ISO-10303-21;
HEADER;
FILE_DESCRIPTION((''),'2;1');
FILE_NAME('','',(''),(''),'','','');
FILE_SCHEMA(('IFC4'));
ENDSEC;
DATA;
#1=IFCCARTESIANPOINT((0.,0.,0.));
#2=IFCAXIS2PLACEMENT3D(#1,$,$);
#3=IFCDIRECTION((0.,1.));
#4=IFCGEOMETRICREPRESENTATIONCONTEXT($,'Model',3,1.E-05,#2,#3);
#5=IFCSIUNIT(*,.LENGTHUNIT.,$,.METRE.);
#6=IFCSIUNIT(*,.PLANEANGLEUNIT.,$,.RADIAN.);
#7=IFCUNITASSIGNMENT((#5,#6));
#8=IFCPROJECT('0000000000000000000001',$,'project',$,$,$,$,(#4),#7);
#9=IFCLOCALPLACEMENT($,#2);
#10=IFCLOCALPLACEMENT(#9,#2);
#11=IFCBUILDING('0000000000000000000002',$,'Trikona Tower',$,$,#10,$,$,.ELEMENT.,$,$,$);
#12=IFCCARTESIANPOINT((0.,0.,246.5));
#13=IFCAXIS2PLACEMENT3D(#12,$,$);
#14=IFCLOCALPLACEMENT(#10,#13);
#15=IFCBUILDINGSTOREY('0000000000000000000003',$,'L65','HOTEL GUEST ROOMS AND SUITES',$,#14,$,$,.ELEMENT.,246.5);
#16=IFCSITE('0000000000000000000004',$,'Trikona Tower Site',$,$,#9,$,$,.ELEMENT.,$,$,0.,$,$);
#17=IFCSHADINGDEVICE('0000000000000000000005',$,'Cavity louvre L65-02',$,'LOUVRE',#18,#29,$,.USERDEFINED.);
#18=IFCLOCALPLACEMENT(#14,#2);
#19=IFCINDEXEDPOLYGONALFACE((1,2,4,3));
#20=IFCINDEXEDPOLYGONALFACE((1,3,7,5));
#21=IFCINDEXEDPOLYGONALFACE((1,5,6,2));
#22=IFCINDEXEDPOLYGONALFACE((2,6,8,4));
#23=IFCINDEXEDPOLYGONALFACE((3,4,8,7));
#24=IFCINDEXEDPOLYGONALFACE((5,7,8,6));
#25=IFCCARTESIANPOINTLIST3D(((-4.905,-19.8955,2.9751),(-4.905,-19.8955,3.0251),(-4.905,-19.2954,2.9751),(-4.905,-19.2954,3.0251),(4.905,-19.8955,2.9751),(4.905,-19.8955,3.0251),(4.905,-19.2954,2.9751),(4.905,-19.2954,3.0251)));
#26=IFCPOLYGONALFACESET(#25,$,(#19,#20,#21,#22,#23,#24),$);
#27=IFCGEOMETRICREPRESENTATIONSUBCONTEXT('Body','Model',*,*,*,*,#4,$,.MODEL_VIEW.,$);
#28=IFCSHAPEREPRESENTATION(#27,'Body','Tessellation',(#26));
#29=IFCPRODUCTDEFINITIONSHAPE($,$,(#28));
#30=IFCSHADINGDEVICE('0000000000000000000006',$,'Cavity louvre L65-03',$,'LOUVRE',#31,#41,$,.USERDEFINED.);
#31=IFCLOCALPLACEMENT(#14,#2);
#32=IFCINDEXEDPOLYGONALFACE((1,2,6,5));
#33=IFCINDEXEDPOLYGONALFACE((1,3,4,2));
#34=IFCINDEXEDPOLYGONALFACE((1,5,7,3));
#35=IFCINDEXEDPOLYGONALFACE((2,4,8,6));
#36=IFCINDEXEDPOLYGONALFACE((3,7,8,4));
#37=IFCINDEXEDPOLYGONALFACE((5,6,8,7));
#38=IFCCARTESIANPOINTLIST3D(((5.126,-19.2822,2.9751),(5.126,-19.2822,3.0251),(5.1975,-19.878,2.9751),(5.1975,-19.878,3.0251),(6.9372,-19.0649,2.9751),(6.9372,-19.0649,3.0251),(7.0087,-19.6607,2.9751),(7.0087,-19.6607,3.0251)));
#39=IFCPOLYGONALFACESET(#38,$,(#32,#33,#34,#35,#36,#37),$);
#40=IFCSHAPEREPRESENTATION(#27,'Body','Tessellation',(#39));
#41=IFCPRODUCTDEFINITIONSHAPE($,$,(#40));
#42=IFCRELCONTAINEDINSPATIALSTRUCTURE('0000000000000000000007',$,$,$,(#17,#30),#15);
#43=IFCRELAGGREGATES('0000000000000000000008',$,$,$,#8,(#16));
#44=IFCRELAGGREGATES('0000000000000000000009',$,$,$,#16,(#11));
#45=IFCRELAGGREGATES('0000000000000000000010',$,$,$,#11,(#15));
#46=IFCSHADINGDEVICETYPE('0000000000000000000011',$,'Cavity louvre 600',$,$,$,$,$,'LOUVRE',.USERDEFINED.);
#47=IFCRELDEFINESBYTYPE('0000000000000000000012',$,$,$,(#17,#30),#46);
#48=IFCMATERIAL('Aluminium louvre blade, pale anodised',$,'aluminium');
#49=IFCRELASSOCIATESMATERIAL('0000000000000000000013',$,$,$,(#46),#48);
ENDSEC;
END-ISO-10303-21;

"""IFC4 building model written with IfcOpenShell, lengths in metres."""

from ifc_helpers import new_model, si_unit, direction, frame, origin, origin_2d, place, context, subcontext, project, spatial, rectangle, extrude, material, type_object, element, save


model = new_model("IFC4")

# Units and contexts
model_context = context("Model", 3, precision=1e-05, world=origin(), true_north=direction((0.0, 1.0)))
body_context = subcontext(model_context, "Body", "Model", "MODEL_VIEW")
ifc_project = project(units=[si_unit("LENGTHUNIT", "METRE"), si_unit("PLANEANGLEUNIT", "RADIAN")], contexts=[model_context])

# Site, building, storey
site_placement = place(None, origin())
site = spatial("IfcSite", under=ifc_project, at=site_placement, Name="Trikona Tower Site", CompositionType="ELEMENT", RefElevation=0.0)
building_placement = place(site_placement, origin())
building = spatial("IfcBuilding", under=site, at=building_placement, Name="Trikona Tower", CompositionType="ELEMENT")
storey_placement = place(building_placement, frame((0.0, 0.0, 246.5)))
storey = spatial("IfcBuildingStorey", under=building, at=storey_placement, Name="L65", Description="HOTEL GUEST ROOMS AND SUITES", CompositionType="ELEMENT", Elevation=246.5)

# Shading devices
ifc_material_1 = material(Name="Aluminium louvre blade, pale anodised", Category="aluminium")
shading_device_type = type_object("IfcShadingDeviceType", Name="Cavity louvre 600", ElementType="LOUVRE", PredefinedType="USERDEFINED", material=ifc_material_1)
shading_device_1_placement = place(storey_placement, frame((0.0, -19.5955, 2.9751), z_axis=(0.0, 0.0, 1.0), x_axis=(1.0, 0.0, 0.0)))
element("IfcShadingDevice", 1, at=shading_device_1_placement, inside=storey, type_object=shading_device_type, Name="Cavity louvre L65-02", ObjectType="LOUVRE", PredefinedType="USERDEFINED", context=body_context, shape_type="SweptSolid", body=[
    extrude(rectangle(XDim=9.8101, YDim=0.6001, at=origin_2d()), origin(), (0.0, 0.0, 1.0), 0.05),
])
shading_device_2_placement = place(storey_placement, frame((6.0674, -19.4714, 2.9751), z_axis=(0.0, 0.0, 1.0), x_axis=(0.992877, 0.119146, 0.0)))
element("IfcShadingDevice", 2, at=shading_device_2_placement, inside=storey, type_object=shading_device_type, Name="Cavity louvre L65-03", ObjectType="LOUVRE", PredefinedType="USERDEFINED", context=body_context, shape_type="SweptSolid", body=[
    extrude(rectangle(XDim=1.8242, YDim=0.6001, at=origin_2d()), origin(), (0.0, 0.0, 1.0), 0.05),
])

save(model, "model.ifc")
